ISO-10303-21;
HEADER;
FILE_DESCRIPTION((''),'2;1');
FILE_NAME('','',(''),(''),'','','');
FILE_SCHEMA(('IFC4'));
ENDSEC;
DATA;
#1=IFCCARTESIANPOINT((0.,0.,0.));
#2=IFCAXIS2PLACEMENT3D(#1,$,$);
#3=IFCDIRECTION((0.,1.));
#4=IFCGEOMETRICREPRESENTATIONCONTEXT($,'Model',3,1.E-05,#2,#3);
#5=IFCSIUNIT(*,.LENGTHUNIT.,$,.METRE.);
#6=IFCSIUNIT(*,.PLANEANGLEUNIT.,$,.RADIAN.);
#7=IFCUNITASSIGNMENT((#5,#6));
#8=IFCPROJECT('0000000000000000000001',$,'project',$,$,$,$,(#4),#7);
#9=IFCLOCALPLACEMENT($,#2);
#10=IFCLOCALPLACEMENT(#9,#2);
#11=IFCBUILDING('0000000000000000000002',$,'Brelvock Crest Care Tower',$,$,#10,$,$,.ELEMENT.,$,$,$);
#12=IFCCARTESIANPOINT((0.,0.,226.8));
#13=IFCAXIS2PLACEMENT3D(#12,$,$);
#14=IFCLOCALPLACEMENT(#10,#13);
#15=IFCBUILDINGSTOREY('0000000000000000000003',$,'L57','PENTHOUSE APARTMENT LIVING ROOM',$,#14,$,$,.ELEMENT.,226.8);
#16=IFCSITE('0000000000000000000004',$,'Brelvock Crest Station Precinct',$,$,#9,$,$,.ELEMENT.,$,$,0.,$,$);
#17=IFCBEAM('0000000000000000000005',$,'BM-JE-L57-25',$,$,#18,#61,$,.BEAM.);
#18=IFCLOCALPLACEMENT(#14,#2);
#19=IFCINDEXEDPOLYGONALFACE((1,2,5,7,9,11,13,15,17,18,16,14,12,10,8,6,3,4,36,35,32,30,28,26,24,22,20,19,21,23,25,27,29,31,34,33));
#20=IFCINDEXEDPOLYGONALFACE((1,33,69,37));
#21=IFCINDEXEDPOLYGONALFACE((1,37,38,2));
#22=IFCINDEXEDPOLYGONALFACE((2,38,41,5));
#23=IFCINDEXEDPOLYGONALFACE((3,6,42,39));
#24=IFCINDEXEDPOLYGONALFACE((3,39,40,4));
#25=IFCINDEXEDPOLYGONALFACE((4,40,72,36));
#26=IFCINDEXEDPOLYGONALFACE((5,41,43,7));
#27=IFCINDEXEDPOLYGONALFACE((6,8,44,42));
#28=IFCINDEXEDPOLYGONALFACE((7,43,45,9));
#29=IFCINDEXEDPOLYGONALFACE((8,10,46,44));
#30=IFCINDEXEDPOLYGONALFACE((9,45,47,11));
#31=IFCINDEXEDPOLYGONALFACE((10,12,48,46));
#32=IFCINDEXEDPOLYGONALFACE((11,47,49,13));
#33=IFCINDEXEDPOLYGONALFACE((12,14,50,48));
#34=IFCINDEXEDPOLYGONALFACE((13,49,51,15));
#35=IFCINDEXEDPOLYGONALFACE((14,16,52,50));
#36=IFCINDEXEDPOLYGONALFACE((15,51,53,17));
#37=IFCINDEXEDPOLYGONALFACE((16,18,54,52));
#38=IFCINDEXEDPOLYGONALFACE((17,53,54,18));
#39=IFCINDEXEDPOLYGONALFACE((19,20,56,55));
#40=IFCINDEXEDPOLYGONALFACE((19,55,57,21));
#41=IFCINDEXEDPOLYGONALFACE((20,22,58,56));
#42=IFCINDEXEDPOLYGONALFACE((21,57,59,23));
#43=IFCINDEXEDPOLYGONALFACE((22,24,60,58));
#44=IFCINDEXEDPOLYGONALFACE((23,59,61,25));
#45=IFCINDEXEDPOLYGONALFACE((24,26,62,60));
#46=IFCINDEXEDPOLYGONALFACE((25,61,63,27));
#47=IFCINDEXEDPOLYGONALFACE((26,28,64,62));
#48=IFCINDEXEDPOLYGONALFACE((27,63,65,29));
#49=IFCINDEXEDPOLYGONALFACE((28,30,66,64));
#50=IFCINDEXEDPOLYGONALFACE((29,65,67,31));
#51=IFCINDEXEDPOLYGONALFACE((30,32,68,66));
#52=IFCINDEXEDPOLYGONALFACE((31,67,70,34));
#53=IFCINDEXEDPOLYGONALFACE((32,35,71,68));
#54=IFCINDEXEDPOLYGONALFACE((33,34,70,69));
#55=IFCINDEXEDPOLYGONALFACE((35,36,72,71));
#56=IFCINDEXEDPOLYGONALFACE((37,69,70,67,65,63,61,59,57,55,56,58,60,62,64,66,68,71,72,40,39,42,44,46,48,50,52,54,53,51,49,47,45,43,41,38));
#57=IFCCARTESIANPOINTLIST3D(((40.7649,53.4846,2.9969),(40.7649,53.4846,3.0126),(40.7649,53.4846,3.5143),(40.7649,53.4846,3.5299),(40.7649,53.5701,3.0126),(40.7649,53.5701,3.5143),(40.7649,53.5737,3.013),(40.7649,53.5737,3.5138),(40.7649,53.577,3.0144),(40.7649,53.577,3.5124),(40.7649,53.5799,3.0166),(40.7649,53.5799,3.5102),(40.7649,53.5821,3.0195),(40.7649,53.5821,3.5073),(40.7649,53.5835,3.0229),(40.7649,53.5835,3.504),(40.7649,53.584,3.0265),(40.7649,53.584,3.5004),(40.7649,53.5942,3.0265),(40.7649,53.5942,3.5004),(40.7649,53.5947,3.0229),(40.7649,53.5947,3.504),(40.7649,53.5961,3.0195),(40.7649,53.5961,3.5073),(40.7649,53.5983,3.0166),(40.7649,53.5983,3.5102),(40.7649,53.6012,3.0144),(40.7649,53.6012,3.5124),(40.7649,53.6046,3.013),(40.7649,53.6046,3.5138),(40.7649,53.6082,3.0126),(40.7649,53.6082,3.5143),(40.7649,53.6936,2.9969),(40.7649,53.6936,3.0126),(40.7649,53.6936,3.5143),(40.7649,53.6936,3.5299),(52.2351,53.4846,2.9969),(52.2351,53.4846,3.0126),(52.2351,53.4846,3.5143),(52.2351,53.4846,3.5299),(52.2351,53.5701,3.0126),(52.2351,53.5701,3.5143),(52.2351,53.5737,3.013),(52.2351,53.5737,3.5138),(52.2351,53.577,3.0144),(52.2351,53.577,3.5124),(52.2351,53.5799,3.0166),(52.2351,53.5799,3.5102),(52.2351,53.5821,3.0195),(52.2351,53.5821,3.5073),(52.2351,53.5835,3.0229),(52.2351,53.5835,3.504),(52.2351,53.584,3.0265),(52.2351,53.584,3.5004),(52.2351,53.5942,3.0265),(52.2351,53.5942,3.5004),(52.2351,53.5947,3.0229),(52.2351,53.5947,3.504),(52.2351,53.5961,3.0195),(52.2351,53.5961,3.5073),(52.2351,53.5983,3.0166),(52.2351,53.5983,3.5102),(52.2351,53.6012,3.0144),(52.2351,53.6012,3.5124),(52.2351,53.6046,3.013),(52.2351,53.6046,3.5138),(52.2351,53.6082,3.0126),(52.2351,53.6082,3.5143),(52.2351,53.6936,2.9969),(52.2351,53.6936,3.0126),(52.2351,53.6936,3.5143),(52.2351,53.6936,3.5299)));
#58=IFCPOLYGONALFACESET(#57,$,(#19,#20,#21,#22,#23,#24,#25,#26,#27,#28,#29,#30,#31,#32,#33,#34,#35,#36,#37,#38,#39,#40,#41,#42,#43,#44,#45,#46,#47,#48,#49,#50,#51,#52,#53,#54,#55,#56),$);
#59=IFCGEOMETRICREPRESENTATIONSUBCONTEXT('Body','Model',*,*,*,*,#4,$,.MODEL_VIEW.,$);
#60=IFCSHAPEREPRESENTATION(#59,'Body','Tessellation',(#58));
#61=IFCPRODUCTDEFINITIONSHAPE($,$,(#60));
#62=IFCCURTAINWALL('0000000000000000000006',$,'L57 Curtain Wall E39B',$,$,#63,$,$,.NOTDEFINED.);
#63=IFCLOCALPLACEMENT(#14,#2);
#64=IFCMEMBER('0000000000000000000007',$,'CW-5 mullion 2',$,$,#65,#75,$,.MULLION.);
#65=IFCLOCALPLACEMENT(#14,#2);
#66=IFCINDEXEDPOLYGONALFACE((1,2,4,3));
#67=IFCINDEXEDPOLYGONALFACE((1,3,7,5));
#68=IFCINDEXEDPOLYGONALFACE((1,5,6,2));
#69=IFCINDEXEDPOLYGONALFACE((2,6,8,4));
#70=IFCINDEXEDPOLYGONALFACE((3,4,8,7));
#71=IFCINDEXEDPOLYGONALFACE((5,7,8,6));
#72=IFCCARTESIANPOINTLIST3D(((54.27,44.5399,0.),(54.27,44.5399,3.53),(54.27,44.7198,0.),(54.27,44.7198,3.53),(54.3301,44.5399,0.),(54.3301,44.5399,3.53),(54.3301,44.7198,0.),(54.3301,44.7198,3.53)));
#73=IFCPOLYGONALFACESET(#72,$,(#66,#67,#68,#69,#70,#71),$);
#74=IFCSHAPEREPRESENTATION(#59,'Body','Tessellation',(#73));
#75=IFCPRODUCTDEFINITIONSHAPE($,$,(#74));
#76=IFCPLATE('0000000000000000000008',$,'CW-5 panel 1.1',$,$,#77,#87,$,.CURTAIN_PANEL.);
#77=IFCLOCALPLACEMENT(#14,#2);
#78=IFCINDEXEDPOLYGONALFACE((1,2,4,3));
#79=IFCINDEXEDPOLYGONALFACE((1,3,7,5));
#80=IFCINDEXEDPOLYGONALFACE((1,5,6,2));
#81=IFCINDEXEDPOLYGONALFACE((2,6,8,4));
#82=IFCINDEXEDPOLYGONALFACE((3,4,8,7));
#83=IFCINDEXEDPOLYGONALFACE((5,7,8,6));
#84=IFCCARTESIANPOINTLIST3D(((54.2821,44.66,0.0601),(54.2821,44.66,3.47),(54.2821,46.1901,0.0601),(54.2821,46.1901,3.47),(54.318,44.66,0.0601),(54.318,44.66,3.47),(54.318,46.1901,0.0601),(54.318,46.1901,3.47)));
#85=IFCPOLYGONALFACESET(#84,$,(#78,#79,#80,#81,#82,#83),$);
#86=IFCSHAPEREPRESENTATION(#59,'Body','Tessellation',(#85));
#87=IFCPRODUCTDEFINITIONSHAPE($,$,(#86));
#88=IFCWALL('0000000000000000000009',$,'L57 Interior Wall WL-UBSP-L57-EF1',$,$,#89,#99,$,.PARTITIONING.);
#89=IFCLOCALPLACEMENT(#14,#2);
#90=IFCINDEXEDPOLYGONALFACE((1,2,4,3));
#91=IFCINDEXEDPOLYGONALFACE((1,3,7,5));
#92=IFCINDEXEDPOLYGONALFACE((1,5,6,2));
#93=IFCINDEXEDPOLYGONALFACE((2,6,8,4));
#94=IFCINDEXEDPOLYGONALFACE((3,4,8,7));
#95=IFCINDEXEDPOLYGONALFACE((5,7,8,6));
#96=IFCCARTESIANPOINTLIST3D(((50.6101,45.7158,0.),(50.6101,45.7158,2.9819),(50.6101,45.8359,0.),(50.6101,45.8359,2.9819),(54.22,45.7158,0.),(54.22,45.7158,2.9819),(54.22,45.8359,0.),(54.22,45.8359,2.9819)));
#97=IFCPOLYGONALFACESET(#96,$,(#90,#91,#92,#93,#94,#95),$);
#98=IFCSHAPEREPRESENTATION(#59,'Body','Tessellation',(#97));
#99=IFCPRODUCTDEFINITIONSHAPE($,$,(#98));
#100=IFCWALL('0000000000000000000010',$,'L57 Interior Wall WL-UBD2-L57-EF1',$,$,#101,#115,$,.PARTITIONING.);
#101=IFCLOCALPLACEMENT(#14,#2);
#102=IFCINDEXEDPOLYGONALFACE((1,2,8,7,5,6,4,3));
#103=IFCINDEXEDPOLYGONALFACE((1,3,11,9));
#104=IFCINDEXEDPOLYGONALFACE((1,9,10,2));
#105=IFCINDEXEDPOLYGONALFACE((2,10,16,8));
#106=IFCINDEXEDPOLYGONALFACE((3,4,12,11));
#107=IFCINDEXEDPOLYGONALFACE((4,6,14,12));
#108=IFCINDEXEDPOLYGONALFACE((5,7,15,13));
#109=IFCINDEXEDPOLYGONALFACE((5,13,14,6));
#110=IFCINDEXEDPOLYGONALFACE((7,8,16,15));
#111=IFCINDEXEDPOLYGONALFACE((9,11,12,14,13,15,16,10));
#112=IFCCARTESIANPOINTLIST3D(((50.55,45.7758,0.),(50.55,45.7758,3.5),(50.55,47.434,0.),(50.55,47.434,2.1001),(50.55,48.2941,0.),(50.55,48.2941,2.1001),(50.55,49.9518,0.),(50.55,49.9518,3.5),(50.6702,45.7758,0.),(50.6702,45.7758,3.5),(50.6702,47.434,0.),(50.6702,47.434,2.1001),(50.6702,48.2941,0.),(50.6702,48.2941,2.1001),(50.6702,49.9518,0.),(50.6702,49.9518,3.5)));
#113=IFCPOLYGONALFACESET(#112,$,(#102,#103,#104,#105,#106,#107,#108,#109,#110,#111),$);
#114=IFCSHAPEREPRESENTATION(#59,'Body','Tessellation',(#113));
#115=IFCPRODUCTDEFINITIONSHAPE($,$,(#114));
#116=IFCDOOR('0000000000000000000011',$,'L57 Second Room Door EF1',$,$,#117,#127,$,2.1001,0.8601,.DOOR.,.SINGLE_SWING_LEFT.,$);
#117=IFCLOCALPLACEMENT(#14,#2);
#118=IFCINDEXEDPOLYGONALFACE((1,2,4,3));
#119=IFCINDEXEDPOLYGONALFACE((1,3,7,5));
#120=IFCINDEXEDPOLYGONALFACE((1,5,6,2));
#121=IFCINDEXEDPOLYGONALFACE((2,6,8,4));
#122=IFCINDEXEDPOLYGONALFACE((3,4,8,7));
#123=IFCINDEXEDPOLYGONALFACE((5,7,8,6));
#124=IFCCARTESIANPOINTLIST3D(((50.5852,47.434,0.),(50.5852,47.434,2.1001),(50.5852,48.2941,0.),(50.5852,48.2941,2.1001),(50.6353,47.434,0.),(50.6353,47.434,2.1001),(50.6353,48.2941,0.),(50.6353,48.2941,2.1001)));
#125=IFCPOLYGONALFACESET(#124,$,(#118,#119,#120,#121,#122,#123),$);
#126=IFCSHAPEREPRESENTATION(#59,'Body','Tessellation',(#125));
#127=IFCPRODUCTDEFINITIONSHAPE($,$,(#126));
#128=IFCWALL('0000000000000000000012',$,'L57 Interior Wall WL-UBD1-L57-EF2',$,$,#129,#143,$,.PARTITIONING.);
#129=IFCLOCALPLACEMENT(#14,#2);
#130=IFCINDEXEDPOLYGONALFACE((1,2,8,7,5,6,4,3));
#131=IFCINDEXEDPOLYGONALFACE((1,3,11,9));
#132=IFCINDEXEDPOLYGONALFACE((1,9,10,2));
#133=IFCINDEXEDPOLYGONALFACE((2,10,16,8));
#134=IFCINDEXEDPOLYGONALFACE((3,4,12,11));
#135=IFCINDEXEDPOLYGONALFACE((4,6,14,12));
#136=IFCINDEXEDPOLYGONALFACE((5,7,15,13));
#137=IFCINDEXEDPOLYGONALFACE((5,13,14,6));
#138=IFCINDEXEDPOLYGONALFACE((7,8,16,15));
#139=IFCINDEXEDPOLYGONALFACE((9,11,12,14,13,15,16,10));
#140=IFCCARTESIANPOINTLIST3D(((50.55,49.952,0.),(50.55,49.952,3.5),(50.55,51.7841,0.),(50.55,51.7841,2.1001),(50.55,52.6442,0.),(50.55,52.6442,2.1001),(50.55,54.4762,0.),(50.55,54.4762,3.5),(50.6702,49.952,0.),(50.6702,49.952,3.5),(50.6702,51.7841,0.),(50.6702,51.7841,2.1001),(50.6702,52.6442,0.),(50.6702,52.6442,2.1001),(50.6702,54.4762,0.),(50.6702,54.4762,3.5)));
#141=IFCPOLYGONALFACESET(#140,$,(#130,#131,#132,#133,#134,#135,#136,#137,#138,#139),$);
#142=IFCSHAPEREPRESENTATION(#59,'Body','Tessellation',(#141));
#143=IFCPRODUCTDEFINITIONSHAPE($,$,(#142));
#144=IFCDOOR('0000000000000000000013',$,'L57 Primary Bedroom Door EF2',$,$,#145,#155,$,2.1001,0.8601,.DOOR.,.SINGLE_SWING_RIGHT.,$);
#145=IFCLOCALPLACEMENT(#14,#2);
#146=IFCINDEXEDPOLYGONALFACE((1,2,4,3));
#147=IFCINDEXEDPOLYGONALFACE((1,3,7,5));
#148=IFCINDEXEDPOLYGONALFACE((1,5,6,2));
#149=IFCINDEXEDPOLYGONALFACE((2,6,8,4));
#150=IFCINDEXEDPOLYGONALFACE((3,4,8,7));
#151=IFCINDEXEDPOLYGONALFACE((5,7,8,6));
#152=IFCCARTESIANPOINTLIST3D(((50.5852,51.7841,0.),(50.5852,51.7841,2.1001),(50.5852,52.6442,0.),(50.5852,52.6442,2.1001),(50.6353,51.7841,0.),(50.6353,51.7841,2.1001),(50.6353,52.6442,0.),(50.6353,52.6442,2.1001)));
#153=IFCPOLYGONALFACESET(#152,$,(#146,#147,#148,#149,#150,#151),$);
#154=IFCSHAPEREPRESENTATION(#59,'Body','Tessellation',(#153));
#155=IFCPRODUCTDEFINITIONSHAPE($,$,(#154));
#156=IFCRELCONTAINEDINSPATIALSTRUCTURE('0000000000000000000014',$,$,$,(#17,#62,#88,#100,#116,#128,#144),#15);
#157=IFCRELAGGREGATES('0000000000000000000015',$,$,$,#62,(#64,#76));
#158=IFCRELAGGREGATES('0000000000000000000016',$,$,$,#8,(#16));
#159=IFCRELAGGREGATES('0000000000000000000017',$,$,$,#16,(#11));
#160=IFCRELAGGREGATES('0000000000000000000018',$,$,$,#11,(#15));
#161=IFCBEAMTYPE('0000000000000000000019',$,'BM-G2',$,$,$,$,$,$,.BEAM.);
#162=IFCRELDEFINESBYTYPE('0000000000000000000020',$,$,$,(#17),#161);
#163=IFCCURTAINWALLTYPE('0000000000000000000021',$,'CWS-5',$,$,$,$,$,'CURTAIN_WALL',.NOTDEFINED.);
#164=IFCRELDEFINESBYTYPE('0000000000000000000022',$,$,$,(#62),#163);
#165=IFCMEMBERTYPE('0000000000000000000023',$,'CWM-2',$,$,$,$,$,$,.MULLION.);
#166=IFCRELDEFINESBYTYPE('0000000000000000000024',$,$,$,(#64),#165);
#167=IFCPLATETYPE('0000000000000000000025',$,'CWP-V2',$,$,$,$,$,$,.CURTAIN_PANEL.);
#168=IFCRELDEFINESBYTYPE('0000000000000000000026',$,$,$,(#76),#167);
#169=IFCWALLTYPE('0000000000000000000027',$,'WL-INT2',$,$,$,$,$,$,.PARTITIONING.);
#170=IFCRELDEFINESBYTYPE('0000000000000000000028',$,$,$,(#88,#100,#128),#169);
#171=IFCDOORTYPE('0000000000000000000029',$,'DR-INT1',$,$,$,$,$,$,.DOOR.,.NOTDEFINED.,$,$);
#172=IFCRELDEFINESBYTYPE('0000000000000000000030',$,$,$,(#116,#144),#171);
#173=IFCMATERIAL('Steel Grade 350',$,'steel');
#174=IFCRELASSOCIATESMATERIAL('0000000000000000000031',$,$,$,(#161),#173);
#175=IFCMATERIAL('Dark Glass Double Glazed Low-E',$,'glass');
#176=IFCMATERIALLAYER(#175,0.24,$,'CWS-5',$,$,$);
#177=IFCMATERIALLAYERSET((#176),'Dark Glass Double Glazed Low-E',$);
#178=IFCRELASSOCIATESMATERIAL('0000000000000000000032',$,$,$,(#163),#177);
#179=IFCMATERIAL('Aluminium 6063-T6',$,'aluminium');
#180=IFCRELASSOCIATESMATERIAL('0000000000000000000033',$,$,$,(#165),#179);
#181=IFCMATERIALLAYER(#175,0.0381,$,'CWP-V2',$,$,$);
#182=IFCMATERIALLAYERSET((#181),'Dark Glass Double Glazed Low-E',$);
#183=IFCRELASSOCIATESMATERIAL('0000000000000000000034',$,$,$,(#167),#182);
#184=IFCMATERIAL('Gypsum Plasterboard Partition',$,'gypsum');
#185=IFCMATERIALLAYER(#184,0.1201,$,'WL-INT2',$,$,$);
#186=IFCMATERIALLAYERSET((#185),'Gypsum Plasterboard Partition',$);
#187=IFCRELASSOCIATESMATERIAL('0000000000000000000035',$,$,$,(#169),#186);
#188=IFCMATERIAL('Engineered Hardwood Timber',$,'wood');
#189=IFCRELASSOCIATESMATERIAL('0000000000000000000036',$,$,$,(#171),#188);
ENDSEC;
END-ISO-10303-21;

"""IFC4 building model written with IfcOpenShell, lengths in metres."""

from ifc_helpers import new_model, si_unit, direction, frame, frame_2d, origin, origin_2d, place, context, subcontext, project, spatial, rectangle, i_section, extrude, source, transform, mapped, material, layer, layer_set, material_profile, profile_set, type_object, element, fill, aggregate, save


model = new_model("IFC4")

# Units and contexts
model_context = context("Model", 3, precision=1e-05, world=origin(), true_north=direction((0.0, 1.0)))
body_context = subcontext(model_context, "Body", "Model", "MODEL_VIEW")
ifc_project = project(units=[si_unit("LENGTHUNIT", "METRE"), si_unit("PLANEANGLEUNIT", "RADIAN")], contexts=[model_context])

# Site, building, storey
site_placement = place(None, origin())
site = spatial("IfcSite", under=ifc_project, at=site_placement, Name="Brelvock Crest Station Precinct", CompositionType="ELEMENT", RefElevation=0.0)
building_placement = place(site_placement, origin())
building = spatial("IfcBuilding", under=site, at=building_placement, Name="Brelvock Crest Care Tower", CompositionType="ELEMENT")
storey_placement = place(building_placement, frame((0.0, 0.0, 226.8)))
storey = spatial("IfcBuildingStorey", under=building, at=storey_placement, Name="L57", Description="PENTHOUSE APARTMENT LIVING ROOM", CompositionType="ELEMENT", Elevation=226.8)

# Shared definitions
ifc_material_1 = material(Name="Steel Grade 350", Category="steel")

# Beam
ifc_material_profile_1 = material_profile(ifc_material_1, i_section(OverallWidth=0.209, OverallDepth=0.533, WebThickness=0.0103, FlangeThickness=0.0156, FilletRadius=0.0139, at=origin_2d()), Name="530UB92.4")
ifc_profile_set_1 = profile_set([ifc_material_profile_1], Name="Steel Grade 350")
beam_type_1 = type_object("IfcBeamType", Name="BM-G2", PredefinedType="BEAM", material=ifc_profile_set_1)
shared_shape_1 = source(origin(), body_context, "Body", "SweptSolid", [
    extrude(i_section(OverallWidth=0.209, OverallDepth=0.533, WebThickness=0.0103, FlangeThickness=0.0156, FilletRadius=0.0139, at=origin_2d()), origin(), (0.0, 0.0, 1.0), 11.4702),
])
for number, where, z_axis, x_axis, name in (
    (1, (40.7649, 53.5891, 3.2634), (1.0, 0.0, 0.0), (0.0, 1.0, 0.0), "BM-JE-L57-25"),
):
    element("IfcBeam", number, at=place(storey_placement, frame(where, z_axis=z_axis, x_axis=x_axis)), inside=storey, type_object=beam_type_1, Name=name, PredefinedType="BEAM", context=body_context, shape_type="MappedRepresentation", body=[
        mapped(shared_shape_1, transform((0.0, 0.0, 0.0), x_axis=(1.0, 0.0, 0.0), y_axis=(0.0, 1.0, 0.0), z_axis=(0.0, 0.0, 1.0), scale=1.0)),
    ])

# Curtain wall, member, plate
ifc_material_2 = material(Name="Dark Glass Double Glazed Low-E", Category="glass")
ifc_layer_1 = layer(ifc_material_2, 0.24, Name="CWS-5")
ifc_layer_set_1 = layer_set([ifc_layer_1], Name="Dark Glass Double Glazed Low-E")
curtain_wall_type = type_object("IfcCurtainWallType", Name="CWS-5", ElementType="CURTAIN_WALL", PredefinedType="NOTDEFINED", material=ifc_layer_set_1)
curtain_wall_placement = place(storey_placement, origin())
curtain_wall = element("IfcCurtainWall", 2, at=curtain_wall_placement, inside=storey, type_object=curtain_wall_type, Name="L57 Curtain Wall E39B", PredefinedType="NOTDEFINED")
ifc_material_3 = material(Name="Aluminium 6063-T6", Category="aluminium")
ifc_material_profile_2 = material_profile(ifc_material_3, rectangle(XDim=0.0601, YDim=0.1799, at=origin_2d()), Name="ALU60x180")
ifc_profile_set_2 = profile_set([ifc_material_profile_2], Name="Aluminium 6063-T6")
member_type = type_object("IfcMemberType", Name="CWM-2", PredefinedType="MULLION", material=ifc_profile_set_2)
shared_shape_2 = source(origin(), body_context, "Body", "SweptSolid", [
    extrude(rectangle(XDim=0.0601, YDim=0.1799, at=origin_2d()), origin(), (0.0, 0.0, 1.0), 3.53),
])
member_placement = place(storey_placement, frame((54.3, 44.6299, 0.0), z_axis=(0.0, 0.0, 1.0), x_axis=(1.0, 0.0, 0.0)))
member = element("IfcMember", 3, at=member_placement, type_object=member_type, Name="CW-5 mullion 2", PredefinedType="MULLION", context=body_context, shape_type="MappedRepresentation", body=[
    mapped(shared_shape_2, transform((0.0, 0.0, 0.0), x_axis=(1.0, 0.0, 0.0), y_axis=(0.0, 1.0, 0.0), z_axis=(0.0, 0.0, 1.0), scale=1.0)),
])
ifc_layer_2 = layer(ifc_material_2, 0.0381, Name="CWP-V2")
ifc_layer_set_2 = layer_set([ifc_layer_2], Name="Dark Glass Double Glazed Low-E")
plate_type = type_object("IfcPlateType", Name="CWP-V2", PredefinedType="CURTAIN_PANEL", material=ifc_layer_set_2)
shared_shape_3 = source(origin(), body_context, "Body", "SweptSolid", [
    extrude(rectangle(XDim=1.53, YDim=0.0359, at=origin_2d()), origin(), (0.0, 0.0, 1.0), 3.4099),
])
plate_placement = place(storey_placement, frame((54.3, 45.425, 0.0601), z_axis=(0.0, 0.0, 1.0), x_axis=(0.0, -1.0, 0.0)))
plate = element("IfcPlate", 4, at=plate_placement, type_object=plate_type, Name="CW-5 panel 1.1", PredefinedType="CURTAIN_PANEL", context=body_context, shape_type="MappedRepresentation", body=[
    mapped(shared_shape_3, transform((0.0, 0.0, 0.0), x_axis=(1.0, 0.0, 0.0), y_axis=(0.0, 1.0, 0.0), z_axis=(0.0, 0.0, 1.0), scale=1.0)),
])
aggregate(curtain_wall, [member, plate])

# Wall
ifc_material_4 = material(Name="Gypsum Plasterboard Partition", Category="gypsum")
ifc_layer_3 = layer(ifc_material_4, 0.1201, Name="WL-INT2")
ifc_layer_set_3 = layer_set([ifc_layer_3], Name="Gypsum Plasterboard Partition")
wall_type = type_object("IfcWallType", Name="WL-INT2", PredefinedType="PARTITIONING", material=ifc_layer_set_3)
wall_1_placement = place(storey_placement, frame((50.6101, 45.7759, 0.0), z_axis=(0.0, 0.0, 1.0), x_axis=(1.0, 0.0, 0.0)))
element("IfcWall", 5, at=wall_1_placement, inside=storey, type_object=wall_type, Name="L57 Interior Wall WL-UBSP-L57-EF1", PredefinedType="PARTITIONING", context=body_context, shape_type="SweptSolid", body=[
    extrude(rectangle(XDim=3.6099, YDim=0.1201, at=frame_2d((1.8049, 0.0))), origin(), (0.0, 0.0, 1.0), 2.9819),
])

# Walls, openings, doors
wall_2_placement = place(storey_placement, frame((50.6101, 45.7759, 0.0), z_axis=(0.0, 0.0, 1.0), x_axis=(0.0, 1.0, 0.0)))
wall_2 = element("IfcWall", 6, at=wall_2_placement, inside=storey, type_object=wall_type, Name="L57 Interior Wall WL-UBD2-L57-EF1", PredefinedType="PARTITIONING", context=body_context, shape_type="SweptSolid", body=[
    extrude(rectangle(XDim=4.176, YDim=0.1201, at=frame_2d((2.0879, 0.0))), origin(), (0.0, 0.0, 1.0), 3.5),
])
opening_1_placement = place(wall_2_placement, frame((1.658, 0.0, 0.0)))
opening_1 = element("IfcOpeningElement", 7, at=opening_1_placement, cuts=wall_2, PredefinedType="OPENING", context=body_context, shape_type="SweptSolid", body=[
    extrude(rectangle(XDim=0.8601, YDim=2.1001, at=origin_2d()), frame((0.4302, 0.0701, 1.05), z_axis=(0.0, -1.0, 0.0), x_axis=(1.0, 0.0, 0.0)), (0.0, 0.0, 1.0), 0.1401),
])
ifc_material_5 = material(Name="Engineered Hardwood Timber", Category="wood")
door_type = type_object("IfcDoorType", Name="DR-INT1", OperationType="NOTDEFINED", PredefinedType="DOOR", material=ifc_material_5)
shared_shape_4 = source(origin(), body_context, "Body", "SweptSolid", [
    extrude(rectangle(XDim=0.8601, YDim=2.1001, at=origin_2d()), frame((0.4302, 0.0249, 1.05), z_axis=(0.0, -1.0, 0.0), x_axis=(1.0, 0.0, 0.0)), (0.0, 0.0, 1.0), 0.05),
])
door_1_placement = place(opening_1_placement, origin())
door_1 = element("IfcDoor", 8, at=door_1_placement, inside=storey, type_object=door_type, Name="L57 Second Room Door EF1", OperationType="SINGLE_SWING_LEFT", OverallHeight=2.1001, OverallWidth=0.8601, PredefinedType="DOOR", context=body_context, shape_type="MappedRepresentation", body=[
    mapped(shared_shape_4, transform((0.0, 0.0, 0.0), x_axis=(1.0, 0.0, 0.0), y_axis=(0.0, 1.0, 0.0), z_axis=(0.0, 0.0, 1.0), scale=1.0)),
])
fill(opening_1, door_1)
wall_3_placement = place(storey_placement, frame((50.6101, 49.9519, 0.0), z_axis=(0.0, 0.0, 1.0), x_axis=(0.0, 1.0, 0.0)))
wall_3 = element("IfcWall", 9, at=wall_3_placement, inside=storey, type_object=wall_type, Name="L57 Interior Wall WL-UBD1-L57-EF2", PredefinedType="PARTITIONING", context=body_context, shape_type="SweptSolid", body=[
    extrude(rectangle(XDim=4.5242, YDim=0.1201, at=frame_2d((2.2622, 0.0))), origin(), (0.0, 0.0, 1.0), 3.5),
])
opening_2_placement = place(wall_3_placement, frame((1.832, 0.0, 0.0)))
opening_2 = element("IfcOpeningElement", 10, at=opening_2_placement, cuts=wall_3, PredefinedType="OPENING", context=body_context, shape_type="SweptSolid", body=[
    extrude(rectangle(XDim=0.8601, YDim=2.1001, at=origin_2d()), frame((0.4302, 0.0701, 1.05), z_axis=(0.0, -1.0, 0.0), x_axis=(1.0, 0.0, 0.0)), (0.0, 0.0, 1.0), 0.1401),
])
door_2_placement = place(opening_2_placement, origin())
door_2 = element("IfcDoor", 11, at=door_2_placement, inside=storey, type_object=door_type, Name="L57 Primary Bedroom Door EF2", OperationType="SINGLE_SWING_RIGHT", OverallHeight=2.1001, OverallWidth=0.8601, PredefinedType="DOOR", context=body_context, shape_type="MappedRepresentation", body=[
    mapped(shared_shape_4, transform((0.0, 0.0, 0.0), x_axis=(1.0, 0.0, 0.0), y_axis=(0.0, 1.0, 0.0), z_axis=(0.0, 0.0, 1.0), scale=1.0)),
])
fill(opening_2, door_2)

save(model, "model.ifc")
